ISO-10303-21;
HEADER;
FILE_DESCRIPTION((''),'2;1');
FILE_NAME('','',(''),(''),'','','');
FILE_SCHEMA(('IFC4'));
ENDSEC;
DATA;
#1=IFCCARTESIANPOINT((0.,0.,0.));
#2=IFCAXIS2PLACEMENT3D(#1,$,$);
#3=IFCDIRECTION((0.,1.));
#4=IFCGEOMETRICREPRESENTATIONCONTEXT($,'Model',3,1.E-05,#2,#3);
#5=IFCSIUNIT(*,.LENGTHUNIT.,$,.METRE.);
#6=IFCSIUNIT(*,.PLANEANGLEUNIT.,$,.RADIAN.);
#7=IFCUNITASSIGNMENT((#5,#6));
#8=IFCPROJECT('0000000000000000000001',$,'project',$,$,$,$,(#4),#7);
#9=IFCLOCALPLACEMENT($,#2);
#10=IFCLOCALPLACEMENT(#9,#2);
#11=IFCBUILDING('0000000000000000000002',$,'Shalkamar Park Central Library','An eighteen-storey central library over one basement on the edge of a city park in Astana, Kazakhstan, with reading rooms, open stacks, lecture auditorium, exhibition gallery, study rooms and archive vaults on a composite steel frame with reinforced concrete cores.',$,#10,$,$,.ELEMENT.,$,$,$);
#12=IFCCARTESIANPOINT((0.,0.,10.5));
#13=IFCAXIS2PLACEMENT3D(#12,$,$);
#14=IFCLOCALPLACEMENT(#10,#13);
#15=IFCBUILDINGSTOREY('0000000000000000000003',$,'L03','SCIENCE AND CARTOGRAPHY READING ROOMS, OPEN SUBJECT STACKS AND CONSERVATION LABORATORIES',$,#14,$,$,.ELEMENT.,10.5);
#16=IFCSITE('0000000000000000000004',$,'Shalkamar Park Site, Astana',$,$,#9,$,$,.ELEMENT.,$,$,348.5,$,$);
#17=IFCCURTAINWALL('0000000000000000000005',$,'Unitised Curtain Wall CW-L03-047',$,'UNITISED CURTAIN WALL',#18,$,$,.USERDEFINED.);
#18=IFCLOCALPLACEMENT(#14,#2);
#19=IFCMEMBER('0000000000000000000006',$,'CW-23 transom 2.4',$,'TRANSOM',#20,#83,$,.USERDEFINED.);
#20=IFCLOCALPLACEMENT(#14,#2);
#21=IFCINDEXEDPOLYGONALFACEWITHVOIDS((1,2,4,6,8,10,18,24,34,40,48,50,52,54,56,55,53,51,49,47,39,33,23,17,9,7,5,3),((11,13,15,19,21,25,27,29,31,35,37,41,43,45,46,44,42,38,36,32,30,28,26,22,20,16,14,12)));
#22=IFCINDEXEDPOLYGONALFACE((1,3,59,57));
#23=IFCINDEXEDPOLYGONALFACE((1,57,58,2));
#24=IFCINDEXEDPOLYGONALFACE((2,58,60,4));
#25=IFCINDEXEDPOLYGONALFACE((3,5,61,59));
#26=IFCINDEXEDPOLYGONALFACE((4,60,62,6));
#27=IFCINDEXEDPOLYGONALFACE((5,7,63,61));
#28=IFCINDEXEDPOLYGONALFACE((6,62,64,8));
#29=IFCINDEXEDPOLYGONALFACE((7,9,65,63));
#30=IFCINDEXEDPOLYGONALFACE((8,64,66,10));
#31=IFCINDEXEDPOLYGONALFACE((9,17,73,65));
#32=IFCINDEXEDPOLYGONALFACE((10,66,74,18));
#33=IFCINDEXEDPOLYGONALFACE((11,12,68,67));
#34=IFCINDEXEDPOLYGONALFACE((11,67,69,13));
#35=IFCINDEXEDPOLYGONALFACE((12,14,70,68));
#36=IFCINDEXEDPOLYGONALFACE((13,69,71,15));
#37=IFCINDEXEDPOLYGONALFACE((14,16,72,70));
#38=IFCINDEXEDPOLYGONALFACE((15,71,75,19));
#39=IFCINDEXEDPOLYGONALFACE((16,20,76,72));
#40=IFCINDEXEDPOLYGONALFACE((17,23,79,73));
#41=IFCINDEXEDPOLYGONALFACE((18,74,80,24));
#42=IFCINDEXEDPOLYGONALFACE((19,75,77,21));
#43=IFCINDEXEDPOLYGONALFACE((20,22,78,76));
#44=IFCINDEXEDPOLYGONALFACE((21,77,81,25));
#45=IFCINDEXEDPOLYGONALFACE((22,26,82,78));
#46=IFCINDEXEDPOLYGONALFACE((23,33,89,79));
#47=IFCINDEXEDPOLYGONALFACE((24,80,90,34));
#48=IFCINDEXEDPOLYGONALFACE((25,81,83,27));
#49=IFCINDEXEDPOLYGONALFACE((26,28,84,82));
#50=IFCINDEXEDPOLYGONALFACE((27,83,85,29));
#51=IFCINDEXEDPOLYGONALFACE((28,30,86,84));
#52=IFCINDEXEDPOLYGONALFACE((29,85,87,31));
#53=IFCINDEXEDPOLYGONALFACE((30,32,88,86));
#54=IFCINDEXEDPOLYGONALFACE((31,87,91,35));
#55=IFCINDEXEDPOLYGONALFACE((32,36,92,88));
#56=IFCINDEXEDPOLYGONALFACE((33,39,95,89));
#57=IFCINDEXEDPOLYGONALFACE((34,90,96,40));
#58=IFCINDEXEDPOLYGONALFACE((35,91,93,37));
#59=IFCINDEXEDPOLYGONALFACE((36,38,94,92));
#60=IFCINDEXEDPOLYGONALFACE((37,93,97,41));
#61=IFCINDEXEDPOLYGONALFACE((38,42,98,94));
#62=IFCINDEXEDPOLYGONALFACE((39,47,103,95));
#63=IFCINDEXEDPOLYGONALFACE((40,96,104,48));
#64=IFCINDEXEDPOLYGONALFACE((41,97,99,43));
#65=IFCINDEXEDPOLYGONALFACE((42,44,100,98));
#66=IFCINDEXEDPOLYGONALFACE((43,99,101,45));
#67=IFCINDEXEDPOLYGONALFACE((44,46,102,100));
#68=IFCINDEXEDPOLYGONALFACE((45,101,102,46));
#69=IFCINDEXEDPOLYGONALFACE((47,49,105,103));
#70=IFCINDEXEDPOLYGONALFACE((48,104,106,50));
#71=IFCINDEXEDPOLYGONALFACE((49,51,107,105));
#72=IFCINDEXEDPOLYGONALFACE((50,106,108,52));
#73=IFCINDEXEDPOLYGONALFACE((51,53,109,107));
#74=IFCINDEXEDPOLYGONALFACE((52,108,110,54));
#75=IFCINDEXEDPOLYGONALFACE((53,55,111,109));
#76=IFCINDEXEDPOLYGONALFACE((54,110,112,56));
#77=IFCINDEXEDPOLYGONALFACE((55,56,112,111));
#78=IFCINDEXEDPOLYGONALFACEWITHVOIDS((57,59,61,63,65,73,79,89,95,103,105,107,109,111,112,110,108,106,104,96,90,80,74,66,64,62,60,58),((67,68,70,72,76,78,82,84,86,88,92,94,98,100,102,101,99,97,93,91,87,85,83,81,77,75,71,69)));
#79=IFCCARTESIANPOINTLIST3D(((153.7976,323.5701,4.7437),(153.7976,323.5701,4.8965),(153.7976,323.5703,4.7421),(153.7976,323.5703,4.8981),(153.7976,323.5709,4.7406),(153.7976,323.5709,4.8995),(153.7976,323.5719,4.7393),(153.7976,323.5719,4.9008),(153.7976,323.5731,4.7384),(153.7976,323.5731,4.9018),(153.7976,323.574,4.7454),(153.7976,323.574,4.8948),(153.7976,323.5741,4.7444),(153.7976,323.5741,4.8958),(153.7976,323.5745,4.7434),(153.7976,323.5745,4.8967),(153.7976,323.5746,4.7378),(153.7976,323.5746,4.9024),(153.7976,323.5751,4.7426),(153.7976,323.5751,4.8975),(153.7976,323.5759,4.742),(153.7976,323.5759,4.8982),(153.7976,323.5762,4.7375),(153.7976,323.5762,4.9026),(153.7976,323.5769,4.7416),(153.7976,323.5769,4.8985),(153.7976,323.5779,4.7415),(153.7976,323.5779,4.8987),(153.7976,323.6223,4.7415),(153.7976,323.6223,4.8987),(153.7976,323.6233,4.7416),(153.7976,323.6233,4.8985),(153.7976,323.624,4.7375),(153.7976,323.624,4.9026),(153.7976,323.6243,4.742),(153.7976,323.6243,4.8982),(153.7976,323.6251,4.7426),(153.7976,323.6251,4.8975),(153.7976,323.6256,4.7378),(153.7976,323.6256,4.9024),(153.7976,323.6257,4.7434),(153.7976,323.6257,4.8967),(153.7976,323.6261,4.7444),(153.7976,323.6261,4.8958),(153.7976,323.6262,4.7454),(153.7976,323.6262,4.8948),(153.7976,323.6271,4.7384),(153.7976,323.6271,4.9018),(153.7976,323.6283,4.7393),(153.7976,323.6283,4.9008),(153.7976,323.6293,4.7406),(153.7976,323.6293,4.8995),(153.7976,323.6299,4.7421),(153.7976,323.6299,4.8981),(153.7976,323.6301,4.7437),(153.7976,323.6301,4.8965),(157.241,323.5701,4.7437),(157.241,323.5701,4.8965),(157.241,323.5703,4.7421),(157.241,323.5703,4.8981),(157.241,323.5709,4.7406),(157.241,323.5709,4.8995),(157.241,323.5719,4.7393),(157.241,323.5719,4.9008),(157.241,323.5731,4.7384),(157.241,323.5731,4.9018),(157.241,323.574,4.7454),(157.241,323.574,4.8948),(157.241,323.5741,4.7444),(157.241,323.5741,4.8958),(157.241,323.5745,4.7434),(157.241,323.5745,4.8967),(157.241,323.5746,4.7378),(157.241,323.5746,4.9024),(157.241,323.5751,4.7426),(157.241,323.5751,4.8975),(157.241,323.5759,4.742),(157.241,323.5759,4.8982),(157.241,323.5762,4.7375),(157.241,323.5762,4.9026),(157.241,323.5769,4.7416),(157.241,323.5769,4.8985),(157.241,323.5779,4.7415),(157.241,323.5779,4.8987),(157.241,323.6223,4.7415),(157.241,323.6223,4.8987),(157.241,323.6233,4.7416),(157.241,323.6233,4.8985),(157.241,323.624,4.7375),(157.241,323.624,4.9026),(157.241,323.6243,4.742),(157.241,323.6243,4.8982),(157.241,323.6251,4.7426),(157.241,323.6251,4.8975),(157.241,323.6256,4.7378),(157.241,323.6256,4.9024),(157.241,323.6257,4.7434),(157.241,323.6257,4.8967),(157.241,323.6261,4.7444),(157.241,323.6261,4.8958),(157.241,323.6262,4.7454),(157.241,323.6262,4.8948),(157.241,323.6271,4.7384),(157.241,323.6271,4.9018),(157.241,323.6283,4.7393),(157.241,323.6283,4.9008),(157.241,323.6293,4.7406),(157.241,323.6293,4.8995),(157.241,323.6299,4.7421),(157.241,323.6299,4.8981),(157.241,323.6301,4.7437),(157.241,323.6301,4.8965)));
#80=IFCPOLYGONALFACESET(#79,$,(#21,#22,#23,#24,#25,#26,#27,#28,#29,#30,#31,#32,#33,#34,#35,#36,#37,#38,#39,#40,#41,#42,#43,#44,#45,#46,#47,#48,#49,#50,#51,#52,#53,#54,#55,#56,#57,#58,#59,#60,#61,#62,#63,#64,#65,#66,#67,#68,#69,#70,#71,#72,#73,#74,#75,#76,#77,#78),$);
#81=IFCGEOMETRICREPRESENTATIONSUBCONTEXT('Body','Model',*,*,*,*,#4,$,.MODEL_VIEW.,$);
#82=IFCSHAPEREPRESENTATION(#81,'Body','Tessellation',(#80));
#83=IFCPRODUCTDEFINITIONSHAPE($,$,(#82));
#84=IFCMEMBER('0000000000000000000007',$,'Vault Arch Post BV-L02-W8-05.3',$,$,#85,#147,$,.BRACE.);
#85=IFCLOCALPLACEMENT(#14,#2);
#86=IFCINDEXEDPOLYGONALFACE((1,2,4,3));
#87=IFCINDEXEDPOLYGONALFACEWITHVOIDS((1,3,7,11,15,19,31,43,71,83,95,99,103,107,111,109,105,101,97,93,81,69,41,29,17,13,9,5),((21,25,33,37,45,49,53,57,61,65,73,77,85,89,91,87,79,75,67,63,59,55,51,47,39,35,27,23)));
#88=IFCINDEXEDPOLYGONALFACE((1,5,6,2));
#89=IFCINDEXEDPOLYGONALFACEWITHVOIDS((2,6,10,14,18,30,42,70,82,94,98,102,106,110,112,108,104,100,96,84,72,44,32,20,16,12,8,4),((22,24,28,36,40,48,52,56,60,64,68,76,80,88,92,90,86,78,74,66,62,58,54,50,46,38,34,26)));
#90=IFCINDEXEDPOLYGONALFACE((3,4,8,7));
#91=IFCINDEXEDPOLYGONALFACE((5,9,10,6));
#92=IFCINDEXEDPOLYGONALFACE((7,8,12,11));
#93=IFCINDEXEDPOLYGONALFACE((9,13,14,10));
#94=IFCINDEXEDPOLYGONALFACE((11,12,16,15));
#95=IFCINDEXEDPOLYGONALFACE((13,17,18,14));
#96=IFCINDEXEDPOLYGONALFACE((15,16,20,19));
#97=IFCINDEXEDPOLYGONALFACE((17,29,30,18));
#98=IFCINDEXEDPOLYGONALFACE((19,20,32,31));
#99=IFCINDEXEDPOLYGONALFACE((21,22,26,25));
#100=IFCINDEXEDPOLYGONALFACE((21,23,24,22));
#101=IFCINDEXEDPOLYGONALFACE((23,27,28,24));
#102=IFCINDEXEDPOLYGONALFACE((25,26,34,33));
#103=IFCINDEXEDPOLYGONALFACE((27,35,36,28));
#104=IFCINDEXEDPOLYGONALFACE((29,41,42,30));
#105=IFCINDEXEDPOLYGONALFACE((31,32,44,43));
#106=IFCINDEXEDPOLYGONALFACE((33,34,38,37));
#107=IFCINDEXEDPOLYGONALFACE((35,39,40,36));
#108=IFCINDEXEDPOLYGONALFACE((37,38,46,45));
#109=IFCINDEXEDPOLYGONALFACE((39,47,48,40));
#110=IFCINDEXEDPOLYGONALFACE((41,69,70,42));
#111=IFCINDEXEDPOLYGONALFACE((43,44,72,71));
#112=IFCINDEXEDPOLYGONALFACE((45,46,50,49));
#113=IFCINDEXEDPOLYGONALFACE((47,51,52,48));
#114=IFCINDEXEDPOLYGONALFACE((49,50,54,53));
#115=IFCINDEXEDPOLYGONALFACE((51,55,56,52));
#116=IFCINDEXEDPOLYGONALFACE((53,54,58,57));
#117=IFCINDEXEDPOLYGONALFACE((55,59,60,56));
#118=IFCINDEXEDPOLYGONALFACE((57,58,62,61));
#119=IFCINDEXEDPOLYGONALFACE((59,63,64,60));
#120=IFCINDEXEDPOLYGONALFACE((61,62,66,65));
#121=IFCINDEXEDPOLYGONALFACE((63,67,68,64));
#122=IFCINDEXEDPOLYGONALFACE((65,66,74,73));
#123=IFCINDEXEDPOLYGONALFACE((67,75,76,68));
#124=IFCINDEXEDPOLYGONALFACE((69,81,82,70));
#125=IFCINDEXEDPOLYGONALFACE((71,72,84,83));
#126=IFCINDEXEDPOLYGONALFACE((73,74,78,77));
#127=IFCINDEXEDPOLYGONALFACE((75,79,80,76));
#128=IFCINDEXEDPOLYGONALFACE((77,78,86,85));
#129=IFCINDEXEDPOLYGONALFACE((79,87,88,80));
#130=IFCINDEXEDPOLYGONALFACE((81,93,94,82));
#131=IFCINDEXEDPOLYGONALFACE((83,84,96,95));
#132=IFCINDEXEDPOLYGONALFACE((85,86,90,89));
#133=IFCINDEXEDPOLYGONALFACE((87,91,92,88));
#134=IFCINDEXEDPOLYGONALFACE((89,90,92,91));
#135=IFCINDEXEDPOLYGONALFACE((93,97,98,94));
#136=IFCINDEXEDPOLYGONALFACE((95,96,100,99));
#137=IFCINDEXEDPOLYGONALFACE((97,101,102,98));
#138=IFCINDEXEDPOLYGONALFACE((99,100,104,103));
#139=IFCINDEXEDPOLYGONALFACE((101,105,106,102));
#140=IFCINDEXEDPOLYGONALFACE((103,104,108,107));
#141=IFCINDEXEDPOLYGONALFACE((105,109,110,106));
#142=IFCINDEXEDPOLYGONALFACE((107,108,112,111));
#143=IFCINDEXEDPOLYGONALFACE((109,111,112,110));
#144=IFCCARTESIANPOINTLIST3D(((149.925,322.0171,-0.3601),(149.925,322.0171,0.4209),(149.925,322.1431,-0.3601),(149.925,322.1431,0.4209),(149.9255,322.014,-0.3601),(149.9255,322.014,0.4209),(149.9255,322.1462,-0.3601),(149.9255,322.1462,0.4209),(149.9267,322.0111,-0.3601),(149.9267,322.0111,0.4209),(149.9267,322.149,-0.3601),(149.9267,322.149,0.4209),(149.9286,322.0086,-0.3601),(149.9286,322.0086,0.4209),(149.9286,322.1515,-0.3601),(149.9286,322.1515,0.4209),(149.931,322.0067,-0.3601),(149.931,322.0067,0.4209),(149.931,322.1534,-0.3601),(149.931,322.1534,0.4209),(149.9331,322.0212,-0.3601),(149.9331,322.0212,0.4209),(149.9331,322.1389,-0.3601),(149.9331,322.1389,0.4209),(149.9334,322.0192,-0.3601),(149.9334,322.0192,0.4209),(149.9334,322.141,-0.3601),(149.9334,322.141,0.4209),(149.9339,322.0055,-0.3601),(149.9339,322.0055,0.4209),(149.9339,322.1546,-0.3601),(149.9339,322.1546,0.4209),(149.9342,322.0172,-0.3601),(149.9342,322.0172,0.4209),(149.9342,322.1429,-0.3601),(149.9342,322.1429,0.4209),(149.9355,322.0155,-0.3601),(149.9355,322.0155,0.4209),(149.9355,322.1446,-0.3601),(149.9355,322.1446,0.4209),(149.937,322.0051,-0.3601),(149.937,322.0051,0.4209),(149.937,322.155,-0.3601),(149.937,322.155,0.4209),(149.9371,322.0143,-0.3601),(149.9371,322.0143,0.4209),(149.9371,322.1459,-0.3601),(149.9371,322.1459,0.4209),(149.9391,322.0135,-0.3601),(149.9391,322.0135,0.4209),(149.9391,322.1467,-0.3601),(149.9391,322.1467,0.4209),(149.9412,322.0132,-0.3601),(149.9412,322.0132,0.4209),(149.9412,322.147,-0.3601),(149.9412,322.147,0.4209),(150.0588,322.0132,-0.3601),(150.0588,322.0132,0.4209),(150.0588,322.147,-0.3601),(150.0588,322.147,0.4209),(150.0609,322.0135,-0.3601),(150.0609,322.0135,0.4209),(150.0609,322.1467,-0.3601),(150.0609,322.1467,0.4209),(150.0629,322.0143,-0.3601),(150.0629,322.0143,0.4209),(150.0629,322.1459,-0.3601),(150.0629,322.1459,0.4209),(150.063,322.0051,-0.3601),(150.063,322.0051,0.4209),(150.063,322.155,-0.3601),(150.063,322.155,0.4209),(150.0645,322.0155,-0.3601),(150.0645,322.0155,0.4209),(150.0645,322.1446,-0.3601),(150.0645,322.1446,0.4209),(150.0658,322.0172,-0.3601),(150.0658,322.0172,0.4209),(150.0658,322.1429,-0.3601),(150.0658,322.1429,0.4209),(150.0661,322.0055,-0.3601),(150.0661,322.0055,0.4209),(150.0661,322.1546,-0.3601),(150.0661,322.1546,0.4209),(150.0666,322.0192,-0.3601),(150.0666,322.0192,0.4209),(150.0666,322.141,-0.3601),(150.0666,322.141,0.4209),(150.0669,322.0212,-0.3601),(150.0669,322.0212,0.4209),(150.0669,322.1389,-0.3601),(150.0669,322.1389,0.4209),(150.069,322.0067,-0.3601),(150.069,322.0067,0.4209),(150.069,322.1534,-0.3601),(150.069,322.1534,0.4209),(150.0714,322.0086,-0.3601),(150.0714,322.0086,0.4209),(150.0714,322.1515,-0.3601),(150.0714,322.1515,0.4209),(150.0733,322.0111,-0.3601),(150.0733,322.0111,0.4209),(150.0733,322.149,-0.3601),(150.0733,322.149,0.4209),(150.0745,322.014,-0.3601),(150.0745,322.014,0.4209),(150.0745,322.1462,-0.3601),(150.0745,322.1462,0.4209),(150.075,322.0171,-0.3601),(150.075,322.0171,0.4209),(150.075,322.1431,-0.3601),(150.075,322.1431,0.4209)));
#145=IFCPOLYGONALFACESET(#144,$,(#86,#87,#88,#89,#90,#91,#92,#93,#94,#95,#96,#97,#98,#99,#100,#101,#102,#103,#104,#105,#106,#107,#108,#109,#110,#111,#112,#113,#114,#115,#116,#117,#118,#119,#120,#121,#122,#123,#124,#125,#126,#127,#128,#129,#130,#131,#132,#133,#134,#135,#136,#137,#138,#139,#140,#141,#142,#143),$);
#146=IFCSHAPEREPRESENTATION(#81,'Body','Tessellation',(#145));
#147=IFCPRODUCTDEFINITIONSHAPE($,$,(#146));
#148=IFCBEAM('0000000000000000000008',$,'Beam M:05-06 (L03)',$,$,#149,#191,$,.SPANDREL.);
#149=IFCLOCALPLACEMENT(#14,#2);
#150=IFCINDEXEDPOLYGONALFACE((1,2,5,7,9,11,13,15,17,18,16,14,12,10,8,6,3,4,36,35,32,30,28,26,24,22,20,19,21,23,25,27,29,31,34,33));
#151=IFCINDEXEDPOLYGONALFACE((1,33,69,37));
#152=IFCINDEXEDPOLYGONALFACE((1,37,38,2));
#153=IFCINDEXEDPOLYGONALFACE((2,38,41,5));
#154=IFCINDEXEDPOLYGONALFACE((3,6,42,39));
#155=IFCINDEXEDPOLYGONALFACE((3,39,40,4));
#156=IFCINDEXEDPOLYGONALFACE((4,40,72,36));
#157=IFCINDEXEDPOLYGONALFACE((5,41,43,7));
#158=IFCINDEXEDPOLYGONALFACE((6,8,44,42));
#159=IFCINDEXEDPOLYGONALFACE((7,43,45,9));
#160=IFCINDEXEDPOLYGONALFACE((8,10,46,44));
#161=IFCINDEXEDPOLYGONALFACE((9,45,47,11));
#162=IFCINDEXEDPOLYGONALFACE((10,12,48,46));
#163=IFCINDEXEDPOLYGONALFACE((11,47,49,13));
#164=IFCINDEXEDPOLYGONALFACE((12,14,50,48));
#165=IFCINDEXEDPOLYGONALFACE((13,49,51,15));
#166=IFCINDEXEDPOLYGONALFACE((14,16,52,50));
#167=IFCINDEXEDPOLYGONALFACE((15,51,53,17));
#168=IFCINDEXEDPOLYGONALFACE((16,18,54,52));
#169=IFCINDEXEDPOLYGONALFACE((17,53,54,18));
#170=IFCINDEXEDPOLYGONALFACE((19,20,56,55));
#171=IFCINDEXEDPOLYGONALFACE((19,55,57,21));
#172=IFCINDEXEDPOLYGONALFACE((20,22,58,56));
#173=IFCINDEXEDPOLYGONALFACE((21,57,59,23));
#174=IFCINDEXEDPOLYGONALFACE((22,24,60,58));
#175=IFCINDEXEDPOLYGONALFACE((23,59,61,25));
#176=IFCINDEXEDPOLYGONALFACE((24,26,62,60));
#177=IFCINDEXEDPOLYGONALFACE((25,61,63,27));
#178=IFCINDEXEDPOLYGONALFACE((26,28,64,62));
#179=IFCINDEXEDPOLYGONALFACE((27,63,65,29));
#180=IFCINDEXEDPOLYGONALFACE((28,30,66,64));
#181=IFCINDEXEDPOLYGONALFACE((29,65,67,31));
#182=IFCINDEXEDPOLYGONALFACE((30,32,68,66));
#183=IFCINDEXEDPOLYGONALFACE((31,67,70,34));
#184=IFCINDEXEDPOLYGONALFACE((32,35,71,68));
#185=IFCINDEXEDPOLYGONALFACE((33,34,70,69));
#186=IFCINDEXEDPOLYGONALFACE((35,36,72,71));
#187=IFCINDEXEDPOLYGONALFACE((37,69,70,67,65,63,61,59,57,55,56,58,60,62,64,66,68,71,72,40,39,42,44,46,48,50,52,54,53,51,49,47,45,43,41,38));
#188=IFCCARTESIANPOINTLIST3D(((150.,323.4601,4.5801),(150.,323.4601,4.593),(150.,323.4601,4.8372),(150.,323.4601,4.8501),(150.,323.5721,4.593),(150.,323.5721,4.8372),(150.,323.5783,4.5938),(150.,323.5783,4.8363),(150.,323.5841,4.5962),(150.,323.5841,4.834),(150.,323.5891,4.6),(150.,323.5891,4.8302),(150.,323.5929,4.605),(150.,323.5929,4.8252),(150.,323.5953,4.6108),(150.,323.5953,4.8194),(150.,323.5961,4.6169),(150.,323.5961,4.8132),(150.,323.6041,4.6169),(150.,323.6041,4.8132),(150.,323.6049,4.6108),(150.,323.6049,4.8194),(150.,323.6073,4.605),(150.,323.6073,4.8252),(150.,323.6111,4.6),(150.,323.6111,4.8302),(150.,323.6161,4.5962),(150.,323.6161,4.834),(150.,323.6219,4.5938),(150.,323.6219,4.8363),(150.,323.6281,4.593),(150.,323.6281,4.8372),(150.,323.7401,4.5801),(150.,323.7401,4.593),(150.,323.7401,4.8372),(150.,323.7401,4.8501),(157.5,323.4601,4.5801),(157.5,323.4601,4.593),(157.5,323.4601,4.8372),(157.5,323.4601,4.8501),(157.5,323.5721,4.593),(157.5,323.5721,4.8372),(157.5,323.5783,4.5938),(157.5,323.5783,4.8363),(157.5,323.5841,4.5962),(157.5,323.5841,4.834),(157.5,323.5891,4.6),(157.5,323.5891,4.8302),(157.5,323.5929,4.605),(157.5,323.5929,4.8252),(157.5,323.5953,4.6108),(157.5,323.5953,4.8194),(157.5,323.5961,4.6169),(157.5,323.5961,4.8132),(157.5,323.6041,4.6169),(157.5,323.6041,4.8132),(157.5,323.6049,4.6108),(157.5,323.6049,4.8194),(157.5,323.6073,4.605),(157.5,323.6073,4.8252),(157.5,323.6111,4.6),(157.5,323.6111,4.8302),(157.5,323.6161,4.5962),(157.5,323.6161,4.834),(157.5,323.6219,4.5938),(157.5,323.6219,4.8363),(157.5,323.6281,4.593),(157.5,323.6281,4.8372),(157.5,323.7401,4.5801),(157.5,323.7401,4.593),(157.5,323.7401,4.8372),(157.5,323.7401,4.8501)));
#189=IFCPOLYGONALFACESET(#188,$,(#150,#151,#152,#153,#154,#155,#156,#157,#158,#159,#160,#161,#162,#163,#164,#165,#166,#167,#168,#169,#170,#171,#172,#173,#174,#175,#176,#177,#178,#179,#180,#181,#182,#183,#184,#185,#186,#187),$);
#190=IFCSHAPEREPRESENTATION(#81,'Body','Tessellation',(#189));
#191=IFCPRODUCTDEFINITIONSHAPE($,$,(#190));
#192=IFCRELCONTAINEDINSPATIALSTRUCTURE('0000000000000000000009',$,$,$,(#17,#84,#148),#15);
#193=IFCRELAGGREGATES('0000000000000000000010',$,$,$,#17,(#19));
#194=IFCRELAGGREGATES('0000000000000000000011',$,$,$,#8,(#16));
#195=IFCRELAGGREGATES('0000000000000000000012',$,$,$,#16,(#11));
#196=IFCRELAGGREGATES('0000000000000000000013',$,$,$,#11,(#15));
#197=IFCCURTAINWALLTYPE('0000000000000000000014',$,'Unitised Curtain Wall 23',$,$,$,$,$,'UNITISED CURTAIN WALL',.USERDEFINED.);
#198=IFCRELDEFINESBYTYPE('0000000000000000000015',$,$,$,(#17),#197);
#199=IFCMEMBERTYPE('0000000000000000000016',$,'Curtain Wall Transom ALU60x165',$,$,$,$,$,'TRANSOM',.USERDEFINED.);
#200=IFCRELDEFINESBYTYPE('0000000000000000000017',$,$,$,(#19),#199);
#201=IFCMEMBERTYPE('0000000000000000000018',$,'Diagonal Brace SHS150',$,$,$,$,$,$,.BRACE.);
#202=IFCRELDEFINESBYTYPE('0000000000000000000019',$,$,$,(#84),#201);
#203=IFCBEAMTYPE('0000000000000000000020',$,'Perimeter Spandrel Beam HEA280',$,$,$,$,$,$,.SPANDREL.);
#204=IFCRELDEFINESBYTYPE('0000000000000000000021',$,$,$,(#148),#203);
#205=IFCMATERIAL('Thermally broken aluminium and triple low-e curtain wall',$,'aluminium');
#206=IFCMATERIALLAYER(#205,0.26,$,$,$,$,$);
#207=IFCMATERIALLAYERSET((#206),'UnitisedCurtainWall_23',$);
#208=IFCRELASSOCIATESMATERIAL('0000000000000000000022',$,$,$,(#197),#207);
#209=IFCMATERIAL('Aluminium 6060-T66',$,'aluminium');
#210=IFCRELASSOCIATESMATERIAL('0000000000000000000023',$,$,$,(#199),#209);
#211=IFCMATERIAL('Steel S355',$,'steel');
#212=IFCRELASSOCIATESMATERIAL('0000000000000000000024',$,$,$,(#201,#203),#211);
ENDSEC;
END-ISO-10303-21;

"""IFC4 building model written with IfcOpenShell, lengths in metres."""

from ifc_helpers import new_model, si_unit, direction, frame, origin, origin_2d, place, context, subcontext, project, spatial, hollow_rectangle, i_section, extrude, material, layer, layer_set, material_profile, profile_set, type_object, element, aggregate, save


model = new_model("IFC4")

# Units and contexts
model_context = context("Model", 3, precision=1e-05, world=origin(), true_north=direction((0.0, 1.0)))
body_context = subcontext(model_context, "Body", "Model", "MODEL_VIEW")
ifc_project = project(units=[si_unit("LENGTHUNIT", "METRE"), si_unit("PLANEANGLEUNIT", "RADIAN")], contexts=[model_context])

# Site, building, storey
site_placement = place(None, origin())
site = spatial("IfcSite", under=ifc_project, at=site_placement, Name="Shalkamar Park Site, Astana", CompositionType="ELEMENT", RefElevation=348.5)
building_placement = place(site_placement, origin())
building = spatial("IfcBuilding", under=site, at=building_placement, Name="Shalkamar Park Central Library", Description="An eighteen-storey central library over one basement on the edge of a city park in Astana, Kazakhstan, with reading rooms, open stacks, lecture auditorium, exhibition gallery, study rooms and archive vaults on a composite steel frame with reinforced concrete cores.", CompositionType="ELEMENT")
storey_placement = place(building_placement, frame((0.0, 0.0, 10.5)))
storey = spatial("IfcBuildingStorey", under=building, at=storey_placement, Name="L03", Description="SCIENCE AND CARTOGRAPHY READING ROOMS, OPEN SUBJECT STACKS AND CONSERVATION LABORATORIES", CompositionType="ELEMENT", Elevation=10.5)

# Shared definitions
ifc_material_1 = material(Name="Steel S355", Category="steel")

# Curtain wall
ifc_material_2 = material(Name="Thermally broken aluminium and triple low-e curtain wall", Category="aluminium")
ifc_layer_1 = layer(ifc_material_2, 0.26)
ifc_layer_set_1 = layer_set([ifc_layer_1], Name="UnitisedCurtainWall_23")
curtain_wall_type_1 = type_object("IfcCurtainWallType", Name="Unitised Curtain Wall 23", ElementType="UNITISED CURTAIN WALL", PredefinedType="USERDEFINED", material=ifc_layer_set_1)
curtain_wall_1_placement = place(storey_placement, origin())
curtain_wall_1 = element("IfcCurtainWall", 1, at=curtain_wall_1_placement, inside=storey, type_object=curtain_wall_type_1, Name="Unitised Curtain Wall CW-L03-047", ObjectType="UNITISED CURTAIN WALL", PredefinedType="USERDEFINED")
ifc_material_3 = material(Name="Aluminium 6060-T66", Category="aluminium")

# Members
ifc_material_profile_1 = material_profile(ifc_material_3, hollow_rectangle(XDim=0.0601, YDim=0.165, WallThickness=0.0039, InnerFilletRadius=0.0039, OuterFilletRadius=0.0061, at=origin_2d()), Name="ALU 60x165x4")
ifc_profile_set_1 = profile_set([ifc_material_profile_1], Name="Aluminium 6060-T66")
member_type_1 = type_object("IfcMemberType", Name="Curtain Wall Transom ALU60x165", ElementType="TRANSOM", PredefinedType="USERDEFINED", material=ifc_profile_set_1)
member_1_placement = place(storey_placement, frame((153.7976, 323.6001, 4.8201), z_axis=(1.0, 0.0, 0.0), x_axis=(0.0, 1.0, 0.0)))
member_1 = element("IfcMember", 2, at=member_1_placement, type_object=member_type_1, Name="CW-23 transom 2.4", ObjectType="TRANSOM", PredefinedType="USERDEFINED", context=body_context, shape_type="SweptSolid", body=[
    extrude(hollow_rectangle(XDim=0.0601, YDim=0.165, WallThickness=0.0039, InnerFilletRadius=0.0039, OuterFilletRadius=0.0061, at=origin_2d()), origin(), (0.0, 0.0, 1.0), 3.4434),
])
ifc_material_profile_2 = material_profile(ifc_material_1, hollow_rectangle(XDim=0.1499, YDim=0.1499, WallThickness=0.0081, InnerFilletRadius=0.0081, OuterFilletRadius=0.012, at=origin_2d()), Name="SHS 150x150x8")
ifc_profile_set_2 = profile_set([ifc_material_profile_2], Name="Steel S355")
member_type_2 = type_object("IfcMemberType", Name="Diagonal Brace SHS150", PredefinedType="BRACE", material=ifc_profile_set_2)
member_2_placement = place(storey_placement, frame((150.0, 322.0801, -0.3601), z_axis=(0.0, 0.0, 1.0), x_axis=(1.0, 0.0, 0.0)))
element("IfcMember", 3, at=member_2_placement, inside=storey, type_object=member_type_2, Name="Vault Arch Post BV-L02-W8-05.3", PredefinedType="BRACE", context=body_context, shape_type="SweptSolid", body=[
    extrude(hollow_rectangle(XDim=0.1499, YDim=0.1499, WallThickness=0.0081, InnerFilletRadius=0.0081, OuterFilletRadius=0.012, at=origin_2d()), origin(), (0.0, 0.0, 1.0), 0.781),
])

# Beam
ifc_material_profile_3 = material_profile(ifc_material_1, i_section(OverallWidth=0.28, OverallDepth=0.27, WebThickness=0.0081, FlangeThickness=0.0129, FilletRadius=0.0239, at=origin_2d()), Name="HEA 280")
ifc_profile_set_3 = profile_set([ifc_material_profile_3], Name="Steel S355")
beam_type = type_object("IfcBeamType", Name="Perimeter Spandrel Beam HEA280", PredefinedType="SPANDREL", material=ifc_profile_set_3)
beam_placement = place(storey_placement, frame((150.0, 323.6001, 4.7151), z_axis=(1.0, 0.0, 0.0), x_axis=(0.0, 1.0, 0.0)))
element("IfcBeam", 4, at=beam_placement, inside=storey, type_object=beam_type, Name="Beam M:05-06 (L03)", PredefinedType="SPANDREL", context=body_context, shape_type="SweptSolid", body=[
    extrude(i_section(OverallWidth=0.28, OverallDepth=0.27, WebThickness=0.0081, FlangeThickness=0.0129, FilletRadius=0.0239, at=origin_2d()), origin(), (0.0, 0.0, 1.0), 7.5),
])

aggregate(curtain_wall_1, [member_1])

save(model, "model.ifc")
